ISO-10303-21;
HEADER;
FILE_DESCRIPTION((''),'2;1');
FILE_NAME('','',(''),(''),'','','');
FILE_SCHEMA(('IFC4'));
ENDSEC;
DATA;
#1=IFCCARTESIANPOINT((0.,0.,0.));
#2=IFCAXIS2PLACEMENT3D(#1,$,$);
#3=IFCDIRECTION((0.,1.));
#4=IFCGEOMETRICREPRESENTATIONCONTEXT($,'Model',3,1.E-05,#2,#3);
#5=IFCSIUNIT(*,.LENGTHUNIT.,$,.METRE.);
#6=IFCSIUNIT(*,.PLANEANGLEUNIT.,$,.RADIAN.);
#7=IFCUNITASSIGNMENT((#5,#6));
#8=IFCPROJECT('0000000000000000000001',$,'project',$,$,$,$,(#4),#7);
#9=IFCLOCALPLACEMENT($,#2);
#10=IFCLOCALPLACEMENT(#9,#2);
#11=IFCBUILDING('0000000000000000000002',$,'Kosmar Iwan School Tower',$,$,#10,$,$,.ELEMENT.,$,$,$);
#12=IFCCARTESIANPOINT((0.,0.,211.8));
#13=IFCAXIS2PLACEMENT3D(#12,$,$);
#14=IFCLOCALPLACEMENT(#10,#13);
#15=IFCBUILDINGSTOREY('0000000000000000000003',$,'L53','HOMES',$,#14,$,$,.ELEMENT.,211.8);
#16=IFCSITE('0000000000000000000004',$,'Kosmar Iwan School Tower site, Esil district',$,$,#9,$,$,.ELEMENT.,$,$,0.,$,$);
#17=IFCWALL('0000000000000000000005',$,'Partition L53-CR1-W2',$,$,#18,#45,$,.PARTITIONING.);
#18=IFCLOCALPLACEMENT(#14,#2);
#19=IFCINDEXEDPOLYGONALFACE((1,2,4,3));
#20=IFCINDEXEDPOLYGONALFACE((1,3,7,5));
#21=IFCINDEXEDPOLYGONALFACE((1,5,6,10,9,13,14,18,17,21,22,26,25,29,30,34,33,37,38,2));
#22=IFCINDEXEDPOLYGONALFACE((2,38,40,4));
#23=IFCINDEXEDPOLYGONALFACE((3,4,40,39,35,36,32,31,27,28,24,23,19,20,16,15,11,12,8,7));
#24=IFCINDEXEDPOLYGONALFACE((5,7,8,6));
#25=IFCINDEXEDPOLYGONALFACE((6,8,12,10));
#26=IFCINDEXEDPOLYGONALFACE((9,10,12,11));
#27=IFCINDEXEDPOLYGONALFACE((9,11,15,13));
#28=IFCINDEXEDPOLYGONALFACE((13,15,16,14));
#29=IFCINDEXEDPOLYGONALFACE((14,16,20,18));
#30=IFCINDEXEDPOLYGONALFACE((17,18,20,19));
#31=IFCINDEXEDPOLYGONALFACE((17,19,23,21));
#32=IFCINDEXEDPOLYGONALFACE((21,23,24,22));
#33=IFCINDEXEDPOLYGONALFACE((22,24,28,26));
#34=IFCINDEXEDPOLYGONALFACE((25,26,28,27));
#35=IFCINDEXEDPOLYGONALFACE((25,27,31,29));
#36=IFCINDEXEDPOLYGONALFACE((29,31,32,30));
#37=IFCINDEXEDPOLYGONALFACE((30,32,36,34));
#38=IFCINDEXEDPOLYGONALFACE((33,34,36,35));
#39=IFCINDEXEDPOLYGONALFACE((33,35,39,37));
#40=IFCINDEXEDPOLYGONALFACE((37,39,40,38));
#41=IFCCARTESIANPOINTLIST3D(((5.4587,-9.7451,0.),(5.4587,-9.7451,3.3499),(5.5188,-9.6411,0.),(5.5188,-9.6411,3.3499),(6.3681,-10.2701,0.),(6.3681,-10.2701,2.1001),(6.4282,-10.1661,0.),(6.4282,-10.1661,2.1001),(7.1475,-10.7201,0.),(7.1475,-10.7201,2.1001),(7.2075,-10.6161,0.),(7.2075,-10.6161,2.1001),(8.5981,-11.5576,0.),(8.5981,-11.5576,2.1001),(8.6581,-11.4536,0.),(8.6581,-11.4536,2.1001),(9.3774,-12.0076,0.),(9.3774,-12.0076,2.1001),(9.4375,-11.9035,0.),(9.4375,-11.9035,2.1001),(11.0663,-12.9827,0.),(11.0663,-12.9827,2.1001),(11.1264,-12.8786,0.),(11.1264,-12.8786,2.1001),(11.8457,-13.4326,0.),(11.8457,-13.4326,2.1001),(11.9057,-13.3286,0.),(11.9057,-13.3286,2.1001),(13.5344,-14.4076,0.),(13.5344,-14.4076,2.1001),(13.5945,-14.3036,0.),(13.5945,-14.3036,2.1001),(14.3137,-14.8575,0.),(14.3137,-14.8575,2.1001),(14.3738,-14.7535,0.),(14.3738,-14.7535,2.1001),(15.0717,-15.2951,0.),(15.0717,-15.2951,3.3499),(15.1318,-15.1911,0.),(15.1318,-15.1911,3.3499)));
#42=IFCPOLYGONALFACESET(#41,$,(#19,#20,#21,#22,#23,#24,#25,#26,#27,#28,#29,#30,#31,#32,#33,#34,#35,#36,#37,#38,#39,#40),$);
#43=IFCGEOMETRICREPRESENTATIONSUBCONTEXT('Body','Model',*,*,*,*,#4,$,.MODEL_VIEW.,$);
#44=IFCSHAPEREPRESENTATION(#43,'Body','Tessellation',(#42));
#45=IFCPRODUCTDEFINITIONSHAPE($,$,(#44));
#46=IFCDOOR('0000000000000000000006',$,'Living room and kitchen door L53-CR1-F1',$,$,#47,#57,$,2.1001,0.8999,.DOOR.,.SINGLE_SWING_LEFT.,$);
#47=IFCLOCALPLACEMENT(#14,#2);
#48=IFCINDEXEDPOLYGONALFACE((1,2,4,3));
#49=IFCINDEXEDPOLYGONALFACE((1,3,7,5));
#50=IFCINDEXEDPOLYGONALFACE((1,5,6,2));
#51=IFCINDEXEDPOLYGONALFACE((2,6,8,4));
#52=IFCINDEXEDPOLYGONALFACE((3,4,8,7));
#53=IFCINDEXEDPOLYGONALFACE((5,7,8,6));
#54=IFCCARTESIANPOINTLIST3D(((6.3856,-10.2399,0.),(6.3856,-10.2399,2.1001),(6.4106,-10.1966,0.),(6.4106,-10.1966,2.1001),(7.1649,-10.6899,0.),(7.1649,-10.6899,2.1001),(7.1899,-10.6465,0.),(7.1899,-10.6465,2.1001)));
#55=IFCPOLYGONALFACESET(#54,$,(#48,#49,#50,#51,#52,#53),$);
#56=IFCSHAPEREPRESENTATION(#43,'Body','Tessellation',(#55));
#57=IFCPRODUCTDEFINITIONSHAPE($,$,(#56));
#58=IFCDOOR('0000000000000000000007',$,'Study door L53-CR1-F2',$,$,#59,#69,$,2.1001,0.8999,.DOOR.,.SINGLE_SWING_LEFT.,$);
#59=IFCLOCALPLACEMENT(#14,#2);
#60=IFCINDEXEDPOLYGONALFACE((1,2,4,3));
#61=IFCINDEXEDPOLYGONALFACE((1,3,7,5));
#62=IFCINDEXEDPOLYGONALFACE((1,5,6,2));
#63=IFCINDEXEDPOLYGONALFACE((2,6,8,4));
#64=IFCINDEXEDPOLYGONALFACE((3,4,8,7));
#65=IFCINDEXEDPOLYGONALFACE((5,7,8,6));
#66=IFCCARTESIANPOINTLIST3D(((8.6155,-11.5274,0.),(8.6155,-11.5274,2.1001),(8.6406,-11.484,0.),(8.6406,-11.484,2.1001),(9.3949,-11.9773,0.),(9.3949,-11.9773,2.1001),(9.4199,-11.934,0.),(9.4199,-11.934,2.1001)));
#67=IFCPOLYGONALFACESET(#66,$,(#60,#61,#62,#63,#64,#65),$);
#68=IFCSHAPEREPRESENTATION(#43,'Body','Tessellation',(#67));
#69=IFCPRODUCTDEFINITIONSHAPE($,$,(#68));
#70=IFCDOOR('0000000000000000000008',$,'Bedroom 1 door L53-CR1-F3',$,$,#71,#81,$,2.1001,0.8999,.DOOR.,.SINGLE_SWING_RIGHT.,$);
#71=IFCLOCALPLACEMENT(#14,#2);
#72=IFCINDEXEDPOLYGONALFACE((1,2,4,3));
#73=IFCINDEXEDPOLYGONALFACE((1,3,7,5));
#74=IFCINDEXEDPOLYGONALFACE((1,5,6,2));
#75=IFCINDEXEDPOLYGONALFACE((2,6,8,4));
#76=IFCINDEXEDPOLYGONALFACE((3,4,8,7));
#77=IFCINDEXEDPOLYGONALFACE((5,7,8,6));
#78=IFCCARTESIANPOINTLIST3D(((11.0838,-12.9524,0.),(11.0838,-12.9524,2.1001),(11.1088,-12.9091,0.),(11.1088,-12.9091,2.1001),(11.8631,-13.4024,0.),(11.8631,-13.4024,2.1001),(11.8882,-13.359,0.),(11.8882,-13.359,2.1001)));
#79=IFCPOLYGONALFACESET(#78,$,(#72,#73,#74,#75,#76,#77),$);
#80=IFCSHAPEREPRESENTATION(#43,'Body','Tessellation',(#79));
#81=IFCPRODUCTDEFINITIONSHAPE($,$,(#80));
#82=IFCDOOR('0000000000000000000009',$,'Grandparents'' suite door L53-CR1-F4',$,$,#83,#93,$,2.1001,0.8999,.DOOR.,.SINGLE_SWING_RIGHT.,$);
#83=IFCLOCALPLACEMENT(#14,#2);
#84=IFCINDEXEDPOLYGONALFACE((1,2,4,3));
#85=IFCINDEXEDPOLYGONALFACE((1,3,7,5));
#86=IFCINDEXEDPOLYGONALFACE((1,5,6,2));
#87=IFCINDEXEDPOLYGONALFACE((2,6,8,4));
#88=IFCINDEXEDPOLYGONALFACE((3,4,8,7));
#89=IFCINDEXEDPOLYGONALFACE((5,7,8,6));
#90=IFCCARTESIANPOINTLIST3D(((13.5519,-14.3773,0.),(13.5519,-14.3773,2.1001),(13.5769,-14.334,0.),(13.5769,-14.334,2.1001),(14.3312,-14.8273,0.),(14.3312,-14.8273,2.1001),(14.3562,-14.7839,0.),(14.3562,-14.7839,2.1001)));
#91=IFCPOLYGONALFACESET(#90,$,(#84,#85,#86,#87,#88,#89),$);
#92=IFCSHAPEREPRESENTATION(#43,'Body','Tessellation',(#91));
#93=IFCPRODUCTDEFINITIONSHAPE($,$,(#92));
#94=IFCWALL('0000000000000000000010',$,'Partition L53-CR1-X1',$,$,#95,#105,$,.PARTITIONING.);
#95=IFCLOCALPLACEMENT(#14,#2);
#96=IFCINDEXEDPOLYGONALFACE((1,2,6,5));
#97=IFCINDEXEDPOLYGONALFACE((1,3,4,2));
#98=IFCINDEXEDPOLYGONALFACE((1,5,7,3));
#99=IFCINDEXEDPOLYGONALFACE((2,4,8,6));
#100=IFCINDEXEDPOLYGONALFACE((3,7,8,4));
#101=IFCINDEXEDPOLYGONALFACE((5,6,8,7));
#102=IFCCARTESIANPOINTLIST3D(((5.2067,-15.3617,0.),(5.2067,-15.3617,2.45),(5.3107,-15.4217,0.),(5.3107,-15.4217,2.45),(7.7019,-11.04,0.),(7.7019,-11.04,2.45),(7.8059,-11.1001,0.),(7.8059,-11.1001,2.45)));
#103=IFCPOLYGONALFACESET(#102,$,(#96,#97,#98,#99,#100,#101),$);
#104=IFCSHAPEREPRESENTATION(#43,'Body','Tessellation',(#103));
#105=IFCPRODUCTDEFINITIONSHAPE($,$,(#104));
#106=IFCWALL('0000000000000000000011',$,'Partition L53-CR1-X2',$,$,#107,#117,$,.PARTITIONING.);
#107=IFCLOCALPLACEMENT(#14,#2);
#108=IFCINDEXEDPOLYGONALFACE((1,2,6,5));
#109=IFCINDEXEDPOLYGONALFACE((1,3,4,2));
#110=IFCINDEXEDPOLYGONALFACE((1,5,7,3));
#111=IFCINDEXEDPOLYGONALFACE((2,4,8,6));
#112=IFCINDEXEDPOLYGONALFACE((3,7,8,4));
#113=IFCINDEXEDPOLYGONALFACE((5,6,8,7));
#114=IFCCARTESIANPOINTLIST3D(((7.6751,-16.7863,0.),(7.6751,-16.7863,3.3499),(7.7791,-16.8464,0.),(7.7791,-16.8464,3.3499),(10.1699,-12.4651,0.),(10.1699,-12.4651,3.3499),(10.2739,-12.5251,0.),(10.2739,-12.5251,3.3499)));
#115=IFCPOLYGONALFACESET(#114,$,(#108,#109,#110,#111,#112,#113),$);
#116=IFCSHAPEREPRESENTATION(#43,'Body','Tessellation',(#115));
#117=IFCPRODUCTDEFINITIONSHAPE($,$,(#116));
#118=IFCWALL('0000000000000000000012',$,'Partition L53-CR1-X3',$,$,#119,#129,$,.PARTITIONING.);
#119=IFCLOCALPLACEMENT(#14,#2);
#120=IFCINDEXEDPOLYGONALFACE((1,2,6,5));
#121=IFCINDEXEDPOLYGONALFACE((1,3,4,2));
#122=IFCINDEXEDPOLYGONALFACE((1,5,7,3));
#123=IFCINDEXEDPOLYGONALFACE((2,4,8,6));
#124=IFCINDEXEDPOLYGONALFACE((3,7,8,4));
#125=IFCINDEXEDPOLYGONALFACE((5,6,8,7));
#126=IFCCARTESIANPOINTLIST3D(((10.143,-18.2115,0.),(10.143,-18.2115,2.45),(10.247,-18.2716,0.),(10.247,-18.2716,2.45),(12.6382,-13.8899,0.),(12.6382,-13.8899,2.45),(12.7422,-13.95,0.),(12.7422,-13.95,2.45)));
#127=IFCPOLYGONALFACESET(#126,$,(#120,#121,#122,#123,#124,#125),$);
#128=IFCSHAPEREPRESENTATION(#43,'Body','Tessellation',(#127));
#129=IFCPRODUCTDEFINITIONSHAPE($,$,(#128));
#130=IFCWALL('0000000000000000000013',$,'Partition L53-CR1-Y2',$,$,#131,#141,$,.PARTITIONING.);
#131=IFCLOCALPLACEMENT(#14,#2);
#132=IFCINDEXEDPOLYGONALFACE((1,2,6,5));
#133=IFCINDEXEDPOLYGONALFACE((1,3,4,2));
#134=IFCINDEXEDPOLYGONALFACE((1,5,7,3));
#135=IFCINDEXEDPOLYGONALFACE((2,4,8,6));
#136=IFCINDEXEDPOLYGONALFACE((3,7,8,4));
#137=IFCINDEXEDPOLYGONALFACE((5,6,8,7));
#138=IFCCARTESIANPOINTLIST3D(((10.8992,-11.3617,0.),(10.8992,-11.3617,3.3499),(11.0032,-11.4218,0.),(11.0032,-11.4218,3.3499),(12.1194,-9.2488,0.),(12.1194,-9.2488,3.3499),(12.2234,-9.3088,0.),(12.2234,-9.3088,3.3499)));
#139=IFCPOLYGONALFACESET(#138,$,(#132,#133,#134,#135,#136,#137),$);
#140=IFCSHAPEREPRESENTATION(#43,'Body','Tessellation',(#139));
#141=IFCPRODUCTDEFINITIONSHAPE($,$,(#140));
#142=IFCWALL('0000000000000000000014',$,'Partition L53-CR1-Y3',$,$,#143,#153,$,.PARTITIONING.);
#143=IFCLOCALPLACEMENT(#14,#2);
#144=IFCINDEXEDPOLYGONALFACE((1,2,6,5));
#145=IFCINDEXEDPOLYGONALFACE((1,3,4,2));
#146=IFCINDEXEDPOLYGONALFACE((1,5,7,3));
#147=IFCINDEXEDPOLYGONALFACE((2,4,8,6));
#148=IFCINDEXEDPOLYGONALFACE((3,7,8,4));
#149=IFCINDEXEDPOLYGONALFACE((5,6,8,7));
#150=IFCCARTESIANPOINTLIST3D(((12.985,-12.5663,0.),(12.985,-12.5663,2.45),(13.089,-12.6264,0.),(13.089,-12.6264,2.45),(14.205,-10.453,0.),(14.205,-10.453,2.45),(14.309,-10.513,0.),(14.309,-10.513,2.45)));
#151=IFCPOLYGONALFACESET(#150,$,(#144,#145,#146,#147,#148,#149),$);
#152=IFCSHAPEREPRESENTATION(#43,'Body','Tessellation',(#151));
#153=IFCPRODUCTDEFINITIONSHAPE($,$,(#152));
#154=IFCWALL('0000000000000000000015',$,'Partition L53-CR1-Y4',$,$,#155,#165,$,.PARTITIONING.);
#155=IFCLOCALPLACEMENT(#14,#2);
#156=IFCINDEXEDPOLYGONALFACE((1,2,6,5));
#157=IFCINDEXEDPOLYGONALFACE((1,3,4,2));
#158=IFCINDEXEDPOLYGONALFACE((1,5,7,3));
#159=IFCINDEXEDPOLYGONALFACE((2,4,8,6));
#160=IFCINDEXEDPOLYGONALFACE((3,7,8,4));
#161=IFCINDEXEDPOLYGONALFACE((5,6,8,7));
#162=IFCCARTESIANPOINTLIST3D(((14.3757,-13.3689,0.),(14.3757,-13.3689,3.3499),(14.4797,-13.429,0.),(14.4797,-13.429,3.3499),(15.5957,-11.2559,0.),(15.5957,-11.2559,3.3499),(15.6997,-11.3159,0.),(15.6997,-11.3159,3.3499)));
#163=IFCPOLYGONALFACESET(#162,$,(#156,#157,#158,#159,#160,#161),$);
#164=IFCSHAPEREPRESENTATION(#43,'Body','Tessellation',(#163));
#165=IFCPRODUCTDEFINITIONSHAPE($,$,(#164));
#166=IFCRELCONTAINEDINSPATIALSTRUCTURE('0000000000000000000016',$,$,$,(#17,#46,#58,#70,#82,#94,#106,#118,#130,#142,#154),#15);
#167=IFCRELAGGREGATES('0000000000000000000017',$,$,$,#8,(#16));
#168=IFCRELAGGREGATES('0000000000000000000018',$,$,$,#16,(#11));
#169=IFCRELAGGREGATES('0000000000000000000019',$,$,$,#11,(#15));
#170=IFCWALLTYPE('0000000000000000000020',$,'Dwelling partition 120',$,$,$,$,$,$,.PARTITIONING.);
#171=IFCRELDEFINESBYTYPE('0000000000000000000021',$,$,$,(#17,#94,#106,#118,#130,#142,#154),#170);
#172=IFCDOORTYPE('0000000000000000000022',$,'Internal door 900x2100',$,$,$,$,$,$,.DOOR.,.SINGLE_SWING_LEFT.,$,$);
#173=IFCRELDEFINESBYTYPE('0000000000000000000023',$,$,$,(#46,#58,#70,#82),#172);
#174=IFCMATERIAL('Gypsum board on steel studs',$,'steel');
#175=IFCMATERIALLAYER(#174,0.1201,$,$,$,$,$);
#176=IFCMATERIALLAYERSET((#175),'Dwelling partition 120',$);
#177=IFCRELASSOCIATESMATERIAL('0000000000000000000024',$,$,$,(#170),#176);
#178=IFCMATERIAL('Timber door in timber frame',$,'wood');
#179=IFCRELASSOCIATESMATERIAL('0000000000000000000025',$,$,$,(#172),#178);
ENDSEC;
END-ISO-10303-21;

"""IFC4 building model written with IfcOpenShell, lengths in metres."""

from ifc_helpers import new_model, si_unit, direction, frame, frame_2d, origin, place, context, subcontext, project, spatial, rectangle, extrude, material, layer, layer_set, type_object, element, fill, save


model = new_model("IFC4")

# Units and contexts
model_context = context("Model", 3, precision=1e-05, world=origin(), true_north=direction((0.0, 1.0)))
body_context = subcontext(model_context, "Body", "Model", "MODEL_VIEW")
ifc_project = project(units=[si_unit("LENGTHUNIT", "METRE"), si_unit("PLANEANGLEUNIT", "RADIAN")], contexts=[model_context])

# Site, building, storey
site_placement = place(None, origin())
site = spatial("IfcSite", under=ifc_project, at=site_placement, Name="Kosmar Iwan School Tower site, Esil district", CompositionType="ELEMENT", RefElevation=0.0)
building_placement = place(site_placement, origin())
building = spatial("IfcBuilding", under=site, at=building_placement, Name="Kosmar Iwan School Tower", CompositionType="ELEMENT")
storey_placement = place(building_placement, frame((0.0, 0.0, 211.8)))
storey = spatial("IfcBuildingStorey", under=building, at=storey_placement, Name="L53", Description="HOMES", CompositionType="ELEMENT", Elevation=211.8)

# Wall, openings, doors
ifc_material_1 = material(Name="Gypsum board on steel studs", Category="steel")
ifc_layer_1 = layer(ifc_material_1, 0.1201)
ifc_layer_set_1 = layer_set([ifc_layer_1], Name="Dwelling partition 120")
wall_type_1 = type_object("IfcWallType", Name="Dwelling partition 120", PredefinedType="PARTITIONING", material=ifc_layer_set_1)
ifc_material_2 = material(Name="Timber door in timber frame", Category="wood")
door_type_1 = type_object("IfcDoorType", Name="Internal door 900x2100", OperationType="SINGLE_SWING_LEFT", PredefinedType="DOOR", material=ifc_material_2)
wall_1_placement = place(storey_placement, frame((5.4888, -9.6931, 0.0), z_axis=(0.0, 0.0, 1.0), x_axis=(0.866027, -0.499997, 0.0)))
wall_1 = element("IfcWall", 1, at=wall_1_placement, inside=storey, type_object=wall_type_1, Name="Partition L53-CR1-W2", PredefinedType="PARTITIONING", context=body_context, shape_type="SweptSolid", body=[
    extrude(rectangle(XDim=11.1001, YDim=0.1201, at=frame_2d((5.55, 0.0))), origin(), (0.0, 0.0, 1.0), 3.3499),
])
opening_1_placement = place(wall_1_placement, frame((1.05, 0.0, 0.0)))
opening_1 = element("IfcOpeningElement", 2, at=opening_1_placement, cuts=wall_1, PredefinedType="OPENING", context=body_context, shape_type="SweptSolid", body=[
    extrude(rectangle(XDim=0.8999, YDim=2.1001, at=frame_2d((0.45, 1.05))), frame((0.0, 0.072, 0.0), z_axis=(0.0, -1.0, 0.0), x_axis=(1.0, 0.0, 0.0)), (0.0, 0.0, 1.0), 0.144),
])
opening_2_placement = place(wall_1_placement, frame((3.625, 0.0, 0.0)))
opening_2 = element("IfcOpeningElement", 3, at=opening_2_placement, cuts=wall_1, PredefinedType="OPENING", context=body_context, shape_type="SweptSolid", body=[
    extrude(rectangle(XDim=0.8999, YDim=2.1001, at=frame_2d((0.45, 1.05))), frame((0.0, 0.072, 0.0), z_axis=(0.0, -1.0, 0.0), x_axis=(1.0, 0.0, 0.0)), (0.0, 0.0, 1.0), 0.144),
])
opening_3_placement = place(wall_1_placement, frame((6.4751, 0.0, 0.0)))
opening_3 = element("IfcOpeningElement", 4, at=opening_3_placement, cuts=wall_1, PredefinedType="OPENING", context=body_context, shape_type="SweptSolid", body=[
    extrude(rectangle(XDim=0.8999, YDim=2.1001, at=frame_2d((0.45, 1.05))), frame((0.0, 0.072, 0.0), z_axis=(0.0, -1.0, 0.0), x_axis=(1.0, 0.0, 0.0)), (0.0, 0.0, 1.0), 0.144),
])
opening_4_placement = place(wall_1_placement, frame((9.325, 0.0, 0.0)))
opening_4 = element("IfcOpeningElement", 5, at=opening_4_placement, cuts=wall_1, PredefinedType="OPENING", context=body_context, shape_type="SweptSolid", body=[
    extrude(rectangle(XDim=0.8999, YDim=2.1001, at=frame_2d((0.45, 1.05))), frame((0.0, 0.072, 0.0), z_axis=(0.0, -1.0, 0.0), x_axis=(1.0, 0.0, 0.0)), (0.0, 0.0, 1.0), 0.144),
])
door_1_placement = place(opening_1_placement, origin())
door_1 = element("IfcDoor", 6, at=door_1_placement, inside=storey, type_object=door_type_1, Name="Living room and kitchen door L53-CR1-F1", OperationType="SINGLE_SWING_LEFT", OverallHeight=2.1001, OverallWidth=0.8999, PredefinedType="DOOR", context=body_context, shape_type="SweptSolid", body=[
    extrude(rectangle(XDim=0.8999, YDim=2.1001, at=frame_2d((0.45, 1.05))), frame((0.0, 0.0249, 0.0), z_axis=(0.0, -1.0, 0.0), x_axis=(1.0, 0.0, 0.0)), (0.0, 0.0, 1.0), 0.05),
])
fill(opening_1, door_1)
door_2_placement = place(opening_2_placement, origin())
door_2 = element("IfcDoor", 7, at=door_2_placement, inside=storey, type_object=door_type_1, Name="Study door L53-CR1-F2", OperationType="SINGLE_SWING_LEFT", OverallHeight=2.1001, OverallWidth=0.8999, PredefinedType="DOOR", context=body_context, shape_type="SweptSolid", body=[
    extrude(rectangle(XDim=0.8999, YDim=2.1001, at=frame_2d((0.45, 1.05))), frame((0.0, 0.0249, 0.0), z_axis=(0.0, -1.0, 0.0), x_axis=(1.0, 0.0, 0.0)), (0.0, 0.0, 1.0), 0.05),
])
fill(opening_2, door_2)
door_3_placement = place(opening_3_placement, origin())
door_3 = element("IfcDoor", 8, at=door_3_placement, inside=storey, type_object=door_type_1, Name="Bedroom 1 door L53-CR1-F3", OperationType="SINGLE_SWING_RIGHT", OverallHeight=2.1001, OverallWidth=0.8999, PredefinedType="DOOR", context=body_context, shape_type="SweptSolid", body=[
    extrude(rectangle(XDim=0.8999, YDim=2.1001, at=frame_2d((0.45, 1.05))), frame((0.0, 0.0249, 0.0), z_axis=(0.0, -1.0, 0.0), x_axis=(1.0, 0.0, 0.0)), (0.0, 0.0, 1.0), 0.05),
])
fill(opening_3, door_3)
door_4_placement = place(opening_4_placement, origin())
door_4 = element("IfcDoor", 9, at=door_4_placement, inside=storey, type_object=door_type_1, Name="Grandparents' suite door L53-CR1-F4", OperationType="SINGLE_SWING_RIGHT", OverallHeight=2.1001, OverallWidth=0.8999, PredefinedType="DOOR", context=body_context, shape_type="SweptSolid", body=[
    extrude(rectangle(XDim=0.8999, YDim=2.1001, at=frame_2d((0.45, 1.05))), frame((0.0, 0.0249, 0.0), z_axis=(0.0, -1.0, 0.0), x_axis=(1.0, 0.0, 0.0)), (0.0, 0.0, 1.0), 0.05),
])
fill(opening_4, door_4)

# Walls
wall_2_placement = place(storey_placement, frame((7.7539, -11.0701, 0.0), z_axis=(0.0, 0.0, 1.0), x_axis=(-0.500012, -0.866019, 0.0)))
element("IfcWall", 10, at=wall_2_placement, inside=storey, type_object=wall_type_1, Name="Partition L53-CR1-X1", PredefinedType="PARTITIONING", context=body_context, shape_type="SweptSolid", body=[
    extrude(rectangle(XDim=4.9902, YDim=0.1201, at=frame_2d((2.4951, 0.0))), origin(), (0.0, 0.0, 1.0), 2.45),
])
wall_3_placement = place(storey_placement, frame((10.2219, -12.4951, 0.0), z_axis=(0.0, 0.0, 1.0), x_axis=(-0.499996, -0.866028, 0.0)))
element("IfcWall", 11, at=wall_3_placement, inside=storey, type_object=wall_type_1, Name="Partition L53-CR1-X2", PredefinedType="PARTITIONING", context=body_context, shape_type="SweptSolid", body=[
    extrude(rectangle(XDim=4.9897, YDim=0.1201, at=frame_2d((2.4949, 0.0))), origin(), (0.0, 0.0, 1.0), 3.3499),
])
wall_4_placement = place(storey_placement, frame((12.6902, -13.9199, 0.0), z_axis=(0.0, 0.0, 1.0), x_axis=(-0.500012, -0.866019, 0.0)))
element("IfcWall", 12, at=wall_4_placement, inside=storey, type_object=wall_type_1, Name="Partition L53-CR1-X3", PredefinedType="PARTITIONING", context=body_context, shape_type="SweptSolid", body=[
    extrude(rectangle(XDim=4.9902, YDim=0.1201, at=frame_2d((2.4951, 0.0))), origin(), (0.0, 0.0, 1.0), 2.45),
])
wall_5_placement = place(storey_placement, frame((12.1714, -9.2788, 0.0), z_axis=(0.0, 0.0, 1.0), x_axis=(-0.500078, -0.865981, 0.0)))
element("IfcWall", 13, at=wall_5_placement, inside=storey, type_object=wall_type_1, Name="Partition L53-CR1-Y2", PredefinedType="PARTITIONING", context=body_context, shape_type="SweptSolid", body=[
    extrude(rectangle(XDim=2.4399, YDim=0.1201, at=frame_2d((1.22, 0.0))), origin(), (0.0, 0.0, 1.0), 3.3499),
])
wall_6_placement = place(storey_placement, frame((14.2571, -10.4829, 0.0), z_axis=(0.0, 0.0, 1.0), x_axis=(-0.499959, -0.866049, 0.0)))
element("IfcWall", 14, at=wall_6_placement, inside=storey, type_object=wall_type_1, Name="Partition L53-CR1-Y3", PredefinedType="PARTITIONING", context=body_context, shape_type="SweptSolid", body=[
    extrude(rectangle(XDim=2.4402, YDim=0.1201, at=frame_2d((1.2202, 0.0))), origin(), (0.0, 0.0, 1.0), 2.45),
])
wall_7_placement = place(storey_placement, frame((15.6477, -11.2859, 0.0), z_axis=(0.0, 0.0, 1.0), x_axis=(-0.500003, -0.866024, 0.0)))
element("IfcWall", 15, at=wall_7_placement, inside=storey, type_object=wall_type_1, Name="Partition L53-CR1-Y4", PredefinedType="PARTITIONING", context=body_context, shape_type="SweptSolid", body=[
    extrude(rectangle(XDim=2.4399, YDim=0.1201, at=frame_2d((1.22, 0.0))), origin(), (0.0, 0.0, 1.0), 3.3499),
])

save(model, "model.ifc")
